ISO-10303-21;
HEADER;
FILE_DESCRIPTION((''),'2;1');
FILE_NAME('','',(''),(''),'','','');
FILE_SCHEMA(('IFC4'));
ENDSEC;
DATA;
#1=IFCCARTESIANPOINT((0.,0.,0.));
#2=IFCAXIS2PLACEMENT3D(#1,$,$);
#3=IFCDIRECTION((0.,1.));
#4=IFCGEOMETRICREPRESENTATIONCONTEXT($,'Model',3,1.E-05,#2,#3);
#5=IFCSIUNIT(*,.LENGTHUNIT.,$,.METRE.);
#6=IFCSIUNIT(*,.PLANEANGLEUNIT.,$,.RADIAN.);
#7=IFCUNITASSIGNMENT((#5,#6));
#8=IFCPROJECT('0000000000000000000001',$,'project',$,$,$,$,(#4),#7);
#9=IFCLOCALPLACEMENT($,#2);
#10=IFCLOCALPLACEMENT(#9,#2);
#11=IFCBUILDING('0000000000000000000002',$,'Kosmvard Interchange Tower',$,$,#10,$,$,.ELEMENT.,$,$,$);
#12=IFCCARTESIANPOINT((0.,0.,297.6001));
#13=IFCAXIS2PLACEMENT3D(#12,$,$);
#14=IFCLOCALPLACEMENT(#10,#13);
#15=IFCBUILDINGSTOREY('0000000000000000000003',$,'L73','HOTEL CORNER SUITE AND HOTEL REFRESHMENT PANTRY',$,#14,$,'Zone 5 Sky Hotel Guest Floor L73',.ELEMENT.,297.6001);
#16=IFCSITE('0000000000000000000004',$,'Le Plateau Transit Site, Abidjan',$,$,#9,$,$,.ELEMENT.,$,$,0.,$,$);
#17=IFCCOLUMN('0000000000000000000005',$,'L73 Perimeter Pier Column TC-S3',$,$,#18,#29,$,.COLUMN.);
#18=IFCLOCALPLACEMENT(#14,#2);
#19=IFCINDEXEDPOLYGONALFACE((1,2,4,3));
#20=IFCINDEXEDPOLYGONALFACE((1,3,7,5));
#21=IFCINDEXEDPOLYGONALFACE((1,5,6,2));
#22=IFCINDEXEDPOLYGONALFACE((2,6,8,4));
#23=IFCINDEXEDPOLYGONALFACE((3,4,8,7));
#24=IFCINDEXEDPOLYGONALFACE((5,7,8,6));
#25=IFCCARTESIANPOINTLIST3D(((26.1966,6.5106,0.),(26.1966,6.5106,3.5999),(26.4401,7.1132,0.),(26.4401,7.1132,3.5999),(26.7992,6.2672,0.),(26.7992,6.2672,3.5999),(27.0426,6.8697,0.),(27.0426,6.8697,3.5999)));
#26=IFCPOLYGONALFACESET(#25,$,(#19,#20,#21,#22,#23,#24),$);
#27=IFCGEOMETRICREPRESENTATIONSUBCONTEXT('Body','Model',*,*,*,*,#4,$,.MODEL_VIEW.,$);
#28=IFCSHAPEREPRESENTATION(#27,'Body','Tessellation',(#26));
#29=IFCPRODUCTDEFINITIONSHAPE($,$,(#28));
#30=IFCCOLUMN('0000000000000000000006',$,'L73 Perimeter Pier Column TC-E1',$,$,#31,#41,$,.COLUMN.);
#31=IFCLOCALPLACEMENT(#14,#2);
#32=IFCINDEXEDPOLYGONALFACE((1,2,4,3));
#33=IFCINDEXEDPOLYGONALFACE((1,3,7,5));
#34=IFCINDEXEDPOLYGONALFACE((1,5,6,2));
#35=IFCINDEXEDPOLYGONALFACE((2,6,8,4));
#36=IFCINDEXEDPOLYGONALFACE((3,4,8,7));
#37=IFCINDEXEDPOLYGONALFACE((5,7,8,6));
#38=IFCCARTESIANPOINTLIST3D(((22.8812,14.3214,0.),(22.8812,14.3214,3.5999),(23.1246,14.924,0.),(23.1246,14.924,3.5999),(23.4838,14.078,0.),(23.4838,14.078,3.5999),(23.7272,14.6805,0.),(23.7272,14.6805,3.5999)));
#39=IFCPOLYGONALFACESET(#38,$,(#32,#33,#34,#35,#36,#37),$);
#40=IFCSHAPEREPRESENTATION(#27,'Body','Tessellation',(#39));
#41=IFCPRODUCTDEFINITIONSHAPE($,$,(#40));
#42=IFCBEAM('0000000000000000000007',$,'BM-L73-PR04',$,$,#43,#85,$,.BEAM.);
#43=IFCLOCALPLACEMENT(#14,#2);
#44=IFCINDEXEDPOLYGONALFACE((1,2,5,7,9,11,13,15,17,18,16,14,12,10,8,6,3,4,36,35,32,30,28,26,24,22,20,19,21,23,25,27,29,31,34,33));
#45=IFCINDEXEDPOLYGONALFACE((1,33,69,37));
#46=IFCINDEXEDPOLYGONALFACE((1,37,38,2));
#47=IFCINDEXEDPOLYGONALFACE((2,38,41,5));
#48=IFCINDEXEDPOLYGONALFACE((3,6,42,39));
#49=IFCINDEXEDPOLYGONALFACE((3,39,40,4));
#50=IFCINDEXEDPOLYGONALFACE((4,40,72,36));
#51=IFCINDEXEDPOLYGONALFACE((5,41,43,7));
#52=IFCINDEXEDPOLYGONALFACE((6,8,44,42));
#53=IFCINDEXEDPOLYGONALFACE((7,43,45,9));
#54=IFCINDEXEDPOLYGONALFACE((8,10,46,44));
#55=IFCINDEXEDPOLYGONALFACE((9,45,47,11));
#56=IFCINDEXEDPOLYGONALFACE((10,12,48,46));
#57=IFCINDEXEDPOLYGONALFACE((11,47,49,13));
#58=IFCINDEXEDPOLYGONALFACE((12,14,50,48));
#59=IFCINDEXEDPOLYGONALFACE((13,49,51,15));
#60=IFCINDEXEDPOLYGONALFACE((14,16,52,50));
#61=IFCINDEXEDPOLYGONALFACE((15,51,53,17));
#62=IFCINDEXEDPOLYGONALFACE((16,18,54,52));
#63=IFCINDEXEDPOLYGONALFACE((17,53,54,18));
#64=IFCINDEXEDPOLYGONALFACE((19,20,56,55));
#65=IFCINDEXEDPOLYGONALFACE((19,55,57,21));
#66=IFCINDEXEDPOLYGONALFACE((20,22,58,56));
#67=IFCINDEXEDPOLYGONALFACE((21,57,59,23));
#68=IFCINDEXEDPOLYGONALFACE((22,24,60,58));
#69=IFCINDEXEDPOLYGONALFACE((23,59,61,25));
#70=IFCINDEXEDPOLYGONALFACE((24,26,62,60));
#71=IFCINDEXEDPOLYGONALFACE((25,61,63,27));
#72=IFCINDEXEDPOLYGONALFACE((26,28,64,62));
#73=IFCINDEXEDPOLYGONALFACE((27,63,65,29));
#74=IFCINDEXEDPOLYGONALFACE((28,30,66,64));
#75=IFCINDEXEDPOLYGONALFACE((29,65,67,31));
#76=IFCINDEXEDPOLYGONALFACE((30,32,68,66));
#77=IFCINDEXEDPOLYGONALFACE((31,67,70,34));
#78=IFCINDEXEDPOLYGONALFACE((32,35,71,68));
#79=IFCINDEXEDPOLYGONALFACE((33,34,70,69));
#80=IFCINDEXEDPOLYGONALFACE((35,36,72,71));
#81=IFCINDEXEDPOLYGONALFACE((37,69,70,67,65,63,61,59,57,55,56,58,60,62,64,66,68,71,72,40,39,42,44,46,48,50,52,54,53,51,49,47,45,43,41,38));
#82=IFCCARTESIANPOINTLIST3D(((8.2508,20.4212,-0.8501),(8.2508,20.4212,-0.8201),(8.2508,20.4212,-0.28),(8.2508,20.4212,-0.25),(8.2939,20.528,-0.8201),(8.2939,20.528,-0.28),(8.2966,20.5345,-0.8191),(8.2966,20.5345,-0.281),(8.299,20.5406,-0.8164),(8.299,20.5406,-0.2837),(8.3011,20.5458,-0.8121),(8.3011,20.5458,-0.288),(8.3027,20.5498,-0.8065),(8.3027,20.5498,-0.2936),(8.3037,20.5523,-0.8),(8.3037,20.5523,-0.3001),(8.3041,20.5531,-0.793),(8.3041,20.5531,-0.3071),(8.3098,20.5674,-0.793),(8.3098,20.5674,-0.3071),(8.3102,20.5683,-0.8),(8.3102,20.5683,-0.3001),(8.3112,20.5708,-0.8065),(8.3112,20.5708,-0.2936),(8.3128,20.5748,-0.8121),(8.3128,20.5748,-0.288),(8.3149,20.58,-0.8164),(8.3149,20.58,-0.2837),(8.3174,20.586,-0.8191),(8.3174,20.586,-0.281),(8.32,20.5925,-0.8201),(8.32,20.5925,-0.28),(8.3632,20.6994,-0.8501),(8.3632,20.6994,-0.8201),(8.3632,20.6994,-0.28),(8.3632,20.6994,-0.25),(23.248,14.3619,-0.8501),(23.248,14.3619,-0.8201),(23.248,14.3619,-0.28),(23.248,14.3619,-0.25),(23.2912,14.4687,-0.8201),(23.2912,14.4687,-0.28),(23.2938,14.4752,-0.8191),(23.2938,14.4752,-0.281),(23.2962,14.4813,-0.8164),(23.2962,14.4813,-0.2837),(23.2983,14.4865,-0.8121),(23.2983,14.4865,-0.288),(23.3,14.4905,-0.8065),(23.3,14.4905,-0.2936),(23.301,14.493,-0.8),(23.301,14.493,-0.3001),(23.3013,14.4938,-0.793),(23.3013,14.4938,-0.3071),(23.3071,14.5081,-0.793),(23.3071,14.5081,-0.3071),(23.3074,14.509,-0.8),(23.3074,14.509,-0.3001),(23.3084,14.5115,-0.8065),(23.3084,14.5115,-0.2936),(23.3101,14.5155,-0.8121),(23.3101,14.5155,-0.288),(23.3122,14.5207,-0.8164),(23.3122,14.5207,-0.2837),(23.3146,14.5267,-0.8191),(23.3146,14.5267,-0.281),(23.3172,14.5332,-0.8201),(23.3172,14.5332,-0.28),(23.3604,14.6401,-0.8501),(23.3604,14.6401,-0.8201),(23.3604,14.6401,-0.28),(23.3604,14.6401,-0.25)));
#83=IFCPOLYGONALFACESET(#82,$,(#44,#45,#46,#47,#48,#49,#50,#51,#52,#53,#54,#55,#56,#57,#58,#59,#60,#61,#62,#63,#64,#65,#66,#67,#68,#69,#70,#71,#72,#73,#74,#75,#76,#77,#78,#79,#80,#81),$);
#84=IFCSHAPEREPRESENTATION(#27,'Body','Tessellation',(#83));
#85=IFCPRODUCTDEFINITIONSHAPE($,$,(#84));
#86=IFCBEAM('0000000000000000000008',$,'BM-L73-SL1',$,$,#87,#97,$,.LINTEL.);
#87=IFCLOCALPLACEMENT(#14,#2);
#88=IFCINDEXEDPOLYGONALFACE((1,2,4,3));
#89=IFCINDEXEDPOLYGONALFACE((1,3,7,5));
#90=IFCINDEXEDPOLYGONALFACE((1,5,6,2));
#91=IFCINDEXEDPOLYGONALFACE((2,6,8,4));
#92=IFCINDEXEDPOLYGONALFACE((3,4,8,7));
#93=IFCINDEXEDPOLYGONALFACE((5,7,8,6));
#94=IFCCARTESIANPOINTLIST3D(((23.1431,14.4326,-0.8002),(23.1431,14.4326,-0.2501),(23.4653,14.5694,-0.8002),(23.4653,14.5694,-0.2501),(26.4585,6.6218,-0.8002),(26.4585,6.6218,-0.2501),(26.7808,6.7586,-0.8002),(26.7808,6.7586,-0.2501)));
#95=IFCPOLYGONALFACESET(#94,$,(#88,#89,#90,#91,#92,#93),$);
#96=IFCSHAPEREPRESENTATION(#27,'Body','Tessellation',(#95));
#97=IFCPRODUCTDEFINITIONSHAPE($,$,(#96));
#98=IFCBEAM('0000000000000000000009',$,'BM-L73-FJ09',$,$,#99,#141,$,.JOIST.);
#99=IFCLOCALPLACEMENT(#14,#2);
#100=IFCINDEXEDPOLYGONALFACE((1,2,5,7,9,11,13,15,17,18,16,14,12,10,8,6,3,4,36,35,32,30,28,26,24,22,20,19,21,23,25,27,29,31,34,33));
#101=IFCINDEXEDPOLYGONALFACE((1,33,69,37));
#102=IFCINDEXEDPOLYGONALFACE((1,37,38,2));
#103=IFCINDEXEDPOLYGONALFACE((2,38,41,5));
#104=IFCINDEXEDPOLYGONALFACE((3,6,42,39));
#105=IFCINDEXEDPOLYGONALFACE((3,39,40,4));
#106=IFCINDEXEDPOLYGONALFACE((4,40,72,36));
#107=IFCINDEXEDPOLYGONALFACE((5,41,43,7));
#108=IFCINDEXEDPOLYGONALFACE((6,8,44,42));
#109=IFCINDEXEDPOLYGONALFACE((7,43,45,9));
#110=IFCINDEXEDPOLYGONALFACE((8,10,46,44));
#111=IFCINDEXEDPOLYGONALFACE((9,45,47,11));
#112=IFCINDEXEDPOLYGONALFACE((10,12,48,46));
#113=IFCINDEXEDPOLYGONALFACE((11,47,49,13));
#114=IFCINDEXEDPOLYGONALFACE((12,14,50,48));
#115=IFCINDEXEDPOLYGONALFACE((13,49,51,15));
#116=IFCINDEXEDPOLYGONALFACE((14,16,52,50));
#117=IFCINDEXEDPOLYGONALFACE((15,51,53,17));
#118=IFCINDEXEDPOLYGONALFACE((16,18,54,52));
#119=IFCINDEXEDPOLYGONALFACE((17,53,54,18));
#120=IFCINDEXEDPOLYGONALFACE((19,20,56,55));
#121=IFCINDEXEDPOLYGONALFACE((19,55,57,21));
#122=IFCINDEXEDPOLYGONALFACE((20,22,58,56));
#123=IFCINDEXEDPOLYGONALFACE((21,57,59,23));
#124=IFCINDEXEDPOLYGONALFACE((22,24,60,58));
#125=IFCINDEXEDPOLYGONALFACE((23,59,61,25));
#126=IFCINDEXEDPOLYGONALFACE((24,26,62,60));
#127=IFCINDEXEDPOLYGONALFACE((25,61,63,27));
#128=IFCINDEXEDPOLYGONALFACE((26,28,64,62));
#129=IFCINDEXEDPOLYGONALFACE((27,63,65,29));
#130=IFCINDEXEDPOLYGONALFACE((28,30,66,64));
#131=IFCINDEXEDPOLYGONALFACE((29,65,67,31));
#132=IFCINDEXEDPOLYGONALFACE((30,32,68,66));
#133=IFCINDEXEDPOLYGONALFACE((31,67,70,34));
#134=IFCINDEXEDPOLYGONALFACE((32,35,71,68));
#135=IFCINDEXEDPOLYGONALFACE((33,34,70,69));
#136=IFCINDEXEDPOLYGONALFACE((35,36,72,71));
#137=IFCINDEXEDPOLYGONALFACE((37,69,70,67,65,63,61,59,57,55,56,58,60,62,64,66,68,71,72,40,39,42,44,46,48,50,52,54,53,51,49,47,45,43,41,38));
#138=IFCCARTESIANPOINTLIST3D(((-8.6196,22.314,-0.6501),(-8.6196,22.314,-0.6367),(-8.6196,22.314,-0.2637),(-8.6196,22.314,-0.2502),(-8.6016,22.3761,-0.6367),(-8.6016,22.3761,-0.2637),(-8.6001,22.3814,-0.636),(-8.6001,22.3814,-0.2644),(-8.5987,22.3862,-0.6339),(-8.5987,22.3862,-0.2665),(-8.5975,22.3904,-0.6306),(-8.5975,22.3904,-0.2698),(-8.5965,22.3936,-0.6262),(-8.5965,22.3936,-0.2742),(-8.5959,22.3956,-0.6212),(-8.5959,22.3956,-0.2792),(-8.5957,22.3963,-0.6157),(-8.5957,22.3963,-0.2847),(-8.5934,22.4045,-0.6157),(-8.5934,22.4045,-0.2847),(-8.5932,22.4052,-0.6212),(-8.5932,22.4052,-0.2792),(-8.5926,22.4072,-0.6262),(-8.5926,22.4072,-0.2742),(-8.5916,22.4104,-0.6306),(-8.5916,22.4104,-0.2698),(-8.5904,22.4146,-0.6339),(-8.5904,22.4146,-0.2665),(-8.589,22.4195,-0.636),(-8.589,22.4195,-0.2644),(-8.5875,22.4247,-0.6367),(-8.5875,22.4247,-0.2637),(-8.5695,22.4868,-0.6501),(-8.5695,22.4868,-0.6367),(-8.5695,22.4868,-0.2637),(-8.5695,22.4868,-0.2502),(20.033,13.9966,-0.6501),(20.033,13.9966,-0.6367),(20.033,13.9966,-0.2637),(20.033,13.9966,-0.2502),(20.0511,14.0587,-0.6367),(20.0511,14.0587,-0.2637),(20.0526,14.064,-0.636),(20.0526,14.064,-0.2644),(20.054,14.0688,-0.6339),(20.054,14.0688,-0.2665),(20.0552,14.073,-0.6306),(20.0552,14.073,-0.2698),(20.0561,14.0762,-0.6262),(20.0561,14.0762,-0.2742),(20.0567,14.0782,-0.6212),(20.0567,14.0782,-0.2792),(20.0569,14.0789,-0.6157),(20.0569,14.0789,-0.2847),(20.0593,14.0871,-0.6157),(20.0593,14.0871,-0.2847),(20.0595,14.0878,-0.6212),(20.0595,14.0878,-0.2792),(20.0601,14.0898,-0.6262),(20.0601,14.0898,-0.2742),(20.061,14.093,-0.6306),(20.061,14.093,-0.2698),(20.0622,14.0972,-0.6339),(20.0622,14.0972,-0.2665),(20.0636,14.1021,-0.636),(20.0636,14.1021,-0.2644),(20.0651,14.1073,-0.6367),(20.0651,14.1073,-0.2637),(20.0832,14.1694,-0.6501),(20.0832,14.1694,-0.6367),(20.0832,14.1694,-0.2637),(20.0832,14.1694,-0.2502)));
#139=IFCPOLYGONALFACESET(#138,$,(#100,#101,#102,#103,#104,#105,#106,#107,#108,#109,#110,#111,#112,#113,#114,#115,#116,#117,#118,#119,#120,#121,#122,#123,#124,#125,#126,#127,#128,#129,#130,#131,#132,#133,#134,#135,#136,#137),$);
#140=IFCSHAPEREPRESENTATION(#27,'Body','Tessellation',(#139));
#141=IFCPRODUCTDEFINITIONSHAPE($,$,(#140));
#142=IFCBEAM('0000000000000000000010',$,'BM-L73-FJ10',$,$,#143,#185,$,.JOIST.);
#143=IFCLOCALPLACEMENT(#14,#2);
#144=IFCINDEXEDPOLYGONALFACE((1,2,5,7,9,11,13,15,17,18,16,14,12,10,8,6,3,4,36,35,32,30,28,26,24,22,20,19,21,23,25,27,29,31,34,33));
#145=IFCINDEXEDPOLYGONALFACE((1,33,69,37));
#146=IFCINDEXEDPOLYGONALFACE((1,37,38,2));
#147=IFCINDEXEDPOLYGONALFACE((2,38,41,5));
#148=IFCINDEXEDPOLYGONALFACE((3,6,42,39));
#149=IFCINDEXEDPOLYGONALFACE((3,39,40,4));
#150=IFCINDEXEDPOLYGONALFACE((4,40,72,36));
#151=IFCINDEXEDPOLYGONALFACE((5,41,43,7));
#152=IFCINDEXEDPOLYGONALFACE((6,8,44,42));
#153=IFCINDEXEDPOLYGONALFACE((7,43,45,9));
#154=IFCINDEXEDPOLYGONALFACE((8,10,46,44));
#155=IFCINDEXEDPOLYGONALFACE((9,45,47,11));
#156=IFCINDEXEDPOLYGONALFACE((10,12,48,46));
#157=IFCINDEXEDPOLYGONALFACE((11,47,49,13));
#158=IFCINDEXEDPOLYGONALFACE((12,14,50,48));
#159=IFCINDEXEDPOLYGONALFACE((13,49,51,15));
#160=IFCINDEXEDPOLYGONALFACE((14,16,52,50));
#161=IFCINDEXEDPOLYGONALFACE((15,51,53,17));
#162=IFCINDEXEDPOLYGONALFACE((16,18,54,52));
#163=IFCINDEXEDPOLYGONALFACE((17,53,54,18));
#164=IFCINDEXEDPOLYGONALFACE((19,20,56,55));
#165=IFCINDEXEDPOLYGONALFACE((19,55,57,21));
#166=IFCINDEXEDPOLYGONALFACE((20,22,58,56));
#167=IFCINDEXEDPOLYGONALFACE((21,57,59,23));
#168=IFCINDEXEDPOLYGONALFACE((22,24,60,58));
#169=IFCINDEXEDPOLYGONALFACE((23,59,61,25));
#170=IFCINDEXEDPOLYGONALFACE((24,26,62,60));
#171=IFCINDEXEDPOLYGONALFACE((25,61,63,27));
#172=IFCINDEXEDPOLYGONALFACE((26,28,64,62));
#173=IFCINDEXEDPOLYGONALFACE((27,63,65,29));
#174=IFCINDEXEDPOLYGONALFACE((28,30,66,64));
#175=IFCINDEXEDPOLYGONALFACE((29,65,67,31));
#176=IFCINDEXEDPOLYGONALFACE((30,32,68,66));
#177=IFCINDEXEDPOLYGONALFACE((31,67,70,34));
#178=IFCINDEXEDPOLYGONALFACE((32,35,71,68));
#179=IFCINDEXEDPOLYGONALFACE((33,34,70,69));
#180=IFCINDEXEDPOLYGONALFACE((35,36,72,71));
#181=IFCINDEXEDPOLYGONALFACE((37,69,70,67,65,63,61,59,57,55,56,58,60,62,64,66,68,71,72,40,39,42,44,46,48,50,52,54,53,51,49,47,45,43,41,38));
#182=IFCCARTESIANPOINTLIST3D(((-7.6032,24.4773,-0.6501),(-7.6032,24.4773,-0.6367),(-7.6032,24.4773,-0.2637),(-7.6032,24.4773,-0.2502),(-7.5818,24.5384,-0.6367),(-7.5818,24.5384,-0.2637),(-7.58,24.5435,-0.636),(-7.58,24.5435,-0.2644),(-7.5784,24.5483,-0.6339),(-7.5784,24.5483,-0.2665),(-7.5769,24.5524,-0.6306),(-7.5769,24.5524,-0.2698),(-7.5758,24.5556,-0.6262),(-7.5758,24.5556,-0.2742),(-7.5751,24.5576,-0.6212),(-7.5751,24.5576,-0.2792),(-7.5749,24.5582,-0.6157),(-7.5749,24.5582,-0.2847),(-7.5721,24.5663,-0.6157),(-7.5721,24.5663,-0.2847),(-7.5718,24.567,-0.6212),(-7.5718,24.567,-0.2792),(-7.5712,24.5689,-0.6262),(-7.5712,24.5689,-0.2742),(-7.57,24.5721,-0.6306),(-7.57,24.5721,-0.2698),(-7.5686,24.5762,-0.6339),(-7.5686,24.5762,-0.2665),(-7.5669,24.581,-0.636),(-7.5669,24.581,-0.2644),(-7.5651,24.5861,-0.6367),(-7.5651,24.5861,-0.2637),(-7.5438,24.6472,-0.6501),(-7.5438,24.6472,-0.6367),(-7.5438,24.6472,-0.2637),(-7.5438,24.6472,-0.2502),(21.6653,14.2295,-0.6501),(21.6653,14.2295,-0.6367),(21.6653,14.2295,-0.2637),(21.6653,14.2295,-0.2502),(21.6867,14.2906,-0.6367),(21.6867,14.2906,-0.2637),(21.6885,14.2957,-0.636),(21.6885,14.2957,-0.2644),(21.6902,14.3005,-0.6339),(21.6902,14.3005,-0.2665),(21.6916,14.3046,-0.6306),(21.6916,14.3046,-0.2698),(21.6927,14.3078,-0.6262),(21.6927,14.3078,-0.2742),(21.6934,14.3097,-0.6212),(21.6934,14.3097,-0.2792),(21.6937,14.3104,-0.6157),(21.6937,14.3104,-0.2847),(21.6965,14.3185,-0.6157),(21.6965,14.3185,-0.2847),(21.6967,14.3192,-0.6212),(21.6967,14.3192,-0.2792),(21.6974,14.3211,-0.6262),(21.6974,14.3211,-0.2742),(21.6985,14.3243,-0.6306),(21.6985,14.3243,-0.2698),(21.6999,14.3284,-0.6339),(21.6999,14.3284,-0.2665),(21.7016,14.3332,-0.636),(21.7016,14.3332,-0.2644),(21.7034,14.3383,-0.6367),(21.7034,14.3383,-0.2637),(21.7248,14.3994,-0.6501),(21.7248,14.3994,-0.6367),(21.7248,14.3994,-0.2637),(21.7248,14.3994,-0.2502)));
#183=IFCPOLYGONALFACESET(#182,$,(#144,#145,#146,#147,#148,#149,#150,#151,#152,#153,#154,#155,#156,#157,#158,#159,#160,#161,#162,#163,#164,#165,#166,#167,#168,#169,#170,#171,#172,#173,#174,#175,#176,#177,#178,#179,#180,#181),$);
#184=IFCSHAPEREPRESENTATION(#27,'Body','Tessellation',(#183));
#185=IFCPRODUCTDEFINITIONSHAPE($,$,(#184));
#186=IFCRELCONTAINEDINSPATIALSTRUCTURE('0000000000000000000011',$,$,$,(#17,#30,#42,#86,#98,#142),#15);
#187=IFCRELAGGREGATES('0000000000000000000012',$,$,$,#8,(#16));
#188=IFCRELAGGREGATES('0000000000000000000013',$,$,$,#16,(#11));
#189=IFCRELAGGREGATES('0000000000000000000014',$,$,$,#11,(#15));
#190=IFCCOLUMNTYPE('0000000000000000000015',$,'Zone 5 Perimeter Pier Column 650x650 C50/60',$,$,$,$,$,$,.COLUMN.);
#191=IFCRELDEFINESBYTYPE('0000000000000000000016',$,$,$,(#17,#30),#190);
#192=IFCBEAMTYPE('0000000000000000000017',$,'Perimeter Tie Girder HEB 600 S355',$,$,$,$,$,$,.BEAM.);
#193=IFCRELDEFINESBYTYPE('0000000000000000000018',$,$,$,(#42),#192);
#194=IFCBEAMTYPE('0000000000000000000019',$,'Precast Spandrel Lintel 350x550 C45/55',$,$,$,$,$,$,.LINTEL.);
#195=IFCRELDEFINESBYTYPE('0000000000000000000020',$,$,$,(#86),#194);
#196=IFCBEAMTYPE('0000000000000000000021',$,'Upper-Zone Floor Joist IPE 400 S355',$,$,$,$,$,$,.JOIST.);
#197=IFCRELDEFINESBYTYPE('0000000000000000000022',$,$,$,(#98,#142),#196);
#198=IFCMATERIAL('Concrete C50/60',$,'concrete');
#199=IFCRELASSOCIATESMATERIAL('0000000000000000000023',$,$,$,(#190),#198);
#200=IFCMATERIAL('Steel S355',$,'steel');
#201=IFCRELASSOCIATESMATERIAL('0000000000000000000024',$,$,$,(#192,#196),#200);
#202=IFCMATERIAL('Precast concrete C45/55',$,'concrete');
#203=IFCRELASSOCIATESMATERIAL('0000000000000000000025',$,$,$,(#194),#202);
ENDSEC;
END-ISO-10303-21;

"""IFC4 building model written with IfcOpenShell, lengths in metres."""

from ifc_helpers import new_model, si_unit, direction, frame, origin, origin_2d, place, context, subcontext, project, spatial, rectangle, i_section, extrude, source, transform, mapped, material, material_profile, profile_set, type_object, element, save


model = new_model("IFC4")

# Units and contexts
model_context = context("Model", 3, precision=1e-05, world=origin(), true_north=direction((0.0, 1.0)))
body_context = subcontext(model_context, "Body", "Model", "MODEL_VIEW")
ifc_project = project(units=[si_unit("LENGTHUNIT", "METRE"), si_unit("PLANEANGLEUNIT", "RADIAN")], contexts=[model_context])

# Site, building, storey
site_placement = place(None, origin())
site = spatial("IfcSite", under=ifc_project, at=site_placement, Name="Le Plateau Transit Site, Abidjan", CompositionType="ELEMENT", RefElevation=0.0)
building_placement = place(site_placement, origin())
building = spatial("IfcBuilding", under=site, at=building_placement, Name="Kosmvard Interchange Tower", CompositionType="ELEMENT")
storey_placement = place(building_placement, frame((0.0, 0.0, 297.6001)))
storey = spatial("IfcBuildingStorey", under=building, at=storey_placement, Name="L73", Description="HOTEL CORNER SUITE AND HOTEL REFRESHMENT PANTRY", LongName="Zone 5 Sky Hotel Guest Floor L73", CompositionType="ELEMENT", Elevation=297.6001)

# Columns
ifc_material_1 = material(Name="Concrete C50/60", Category="concrete")
ifc_material_profile_1 = material_profile(ifc_material_1, rectangle(XDim=0.6499, YDim=0.6499, at=origin_2d()), Name="TC 650x650")
ifc_profile_set_1 = profile_set([ifc_material_profile_1], Name="Concrete C50/60")
column_type = type_object("IfcColumnType", Name="Zone 5 Perimeter Pier Column 650x650 C50/60", PredefinedType="COLUMN", material=ifc_profile_set_1)
shared_shape_1 = source(origin(), body_context, "Body", "SweptSolid", [
    extrude(rectangle(XDim=0.6499, YDim=0.6499, at=origin_2d()), origin(), (0.0, 0.0, 1.0), 3.5999),
])
for number, where, z_axis, x_axis, name in (
    (1, (26.6196, 6.6902, 0.0), (0.0, 0.0, 1.0), (0.374607, 0.927184, 0.0), "L73 Perimeter Pier Column TC-S3"),
    (2, (23.3042, 14.501, 0.0), (0.0, 0.0, 1.0), (0.374607, 0.927184, 0.0), "L73 Perimeter Pier Column TC-E1"),
):
    element("IfcColumn", number, at=place(storey_placement, frame(where, z_axis=z_axis, x_axis=x_axis)), inside=storey, type_object=column_type, Name=name, PredefinedType="COLUMN", context=body_context, shape_type="MappedRepresentation", body=[
        mapped(shared_shape_1, transform((0.0, 0.0, 0.0), scale=1.0)),
    ])

# Beams
ifc_material_2 = material(Name="Steel S355", Category="steel")
ifc_material_profile_2 = material_profile(ifc_material_2, i_section(OverallWidth=0.3, OverallDepth=0.6001, WebThickness=0.0154, FlangeThickness=0.03, FilletRadius=0.0271, at=origin_2d()), Name="HEB 600")
ifc_profile_set_2 = profile_set([ifc_material_profile_2], Name="Steel S355")
beam_type_1 = type_object("IfcBeamType", Name="Perimeter Tie Girder HEB 600 S355", PredefinedType="BEAM", material=ifc_profile_set_2)
shared_shape_2 = source(origin(), body_context, "Body", "SweptSolid", [
    extrude(i_section(OverallWidth=0.3, OverallDepth=0.6001, WebThickness=0.0154, FlangeThickness=0.03, FilletRadius=0.0271, at=origin_2d()), origin(), (0.0, 0.0, 1.0), 16.175),
])
beam_1_placement = place(storey_placement, frame((23.3042, 14.501, -0.55), z_axis=(-0.927183, 0.374608, 0.0), x_axis=(-0.374608, -0.927183, 0.0)))
element("IfcBeam", 3, at=beam_1_placement, inside=storey, type_object=beam_type_1, Name="BM-L73-PR04", PredefinedType="BEAM", context=body_context, shape_type="MappedRepresentation", body=[
    mapped(shared_shape_2, transform((0.0, 0.0, 0.0), scale=1.0)),
])
ifc_material_3 = material(Name="Precast concrete C45/55", Category="concrete")
ifc_material_profile_3 = material_profile(ifc_material_3, rectangle(XDim=0.3501, YDim=0.55, at=origin_2d()), Name="SL 350x550")
ifc_profile_set_3 = profile_set([ifc_material_profile_3], Name="Precast concrete C45/55")
beam_type_2 = type_object("IfcBeamType", Name="Precast Spandrel Lintel 350x550 C45/55", PredefinedType="LINTEL", material=ifc_profile_set_3)
shared_shape_3 = source(origin(), body_context, "Body", "SweptSolid", [
    extrude(rectangle(XDim=0.3501, YDim=0.55, at=origin_2d()), origin(), (0.0, 0.0, 1.0), 8.4854),
])
beam_2_placement = place(storey_placement, frame((26.6196, 6.6902, -0.5251), z_axis=(-0.390726, 0.920507, 0.0), x_axis=(-0.920507, -0.390726, 0.0)))
element("IfcBeam", 4, at=beam_2_placement, inside=storey, type_object=beam_type_2, Name="BM-L73-SL1", PredefinedType="LINTEL", context=body_context, shape_type="MappedRepresentation", body=[
    mapped(shared_shape_3, transform((0.0, 0.0, 0.0), scale=1.0)),
])
ifc_material_profile_4 = material_profile(ifc_material_2, i_section(OverallWidth=0.1799, OverallDepth=0.3999, WebThickness=0.0085, FlangeThickness=0.0134, FilletRadius=0.021, at=origin_2d()), Name="IPE 400")
ifc_profile_set_4 = profile_set([ifc_material_profile_4], Name="Steel S355")
beam_type_3 = type_object("IfcBeamType", Name="Upper-Zone Floor Joist IPE 400 S355", PredefinedType="JOIST", material=ifc_profile_set_4)
shared_shape_4 = source(origin(), body_context, "Body", "SweptSolid", [
    extrude(i_section(OverallWidth=0.1799, OverallDepth=0.3999, WebThickness=0.0085, FlangeThickness=0.0134, FilletRadius=0.021, at=origin_2d()), origin(), (0.0, 0.0, 1.0), 29.8354),
])
beam_3_placement = place(storey_placement, frame((20.0581, 14.083, -0.4502), z_axis=(-0.960356, 0.278776, 0.0), x_axis=(-0.278776, -0.960356, 0.0)))
element("IfcBeam", 5, at=beam_3_placement, inside=storey, type_object=beam_type_3, Name="BM-L73-FJ09", PredefinedType="JOIST", context=body_context, shape_type="MappedRepresentation", body=[
    mapped(shared_shape_4, transform((0.0, 0.0, 0.0), scale=1.0)),
])
shared_shape_5 = source(origin(), body_context, "Body", "SweptSolid", [
    extrude(i_section(OverallWidth=0.1799, OverallDepth=0.3999, WebThickness=0.0085, FlangeThickness=0.0134, FilletRadius=0.021, at=origin_2d()), origin(), (0.0, 0.0, 1.0), 31.0107),
])
beam_4_placement = place(storey_placement, frame((21.6951, 14.3145, -0.4502), z_axis=(-0.94382, 0.33046, 0.0), x_axis=(-0.33046, -0.94382, 0.0)))
element("IfcBeam", 6, at=beam_4_placement, inside=storey, type_object=beam_type_3, Name="BM-L73-FJ10", PredefinedType="JOIST", context=body_context, shape_type="MappedRepresentation", body=[
    mapped(shared_shape_5, transform((0.0, 0.0, 0.0), scale=1.0)),
])

save(model, "model.ifc")
